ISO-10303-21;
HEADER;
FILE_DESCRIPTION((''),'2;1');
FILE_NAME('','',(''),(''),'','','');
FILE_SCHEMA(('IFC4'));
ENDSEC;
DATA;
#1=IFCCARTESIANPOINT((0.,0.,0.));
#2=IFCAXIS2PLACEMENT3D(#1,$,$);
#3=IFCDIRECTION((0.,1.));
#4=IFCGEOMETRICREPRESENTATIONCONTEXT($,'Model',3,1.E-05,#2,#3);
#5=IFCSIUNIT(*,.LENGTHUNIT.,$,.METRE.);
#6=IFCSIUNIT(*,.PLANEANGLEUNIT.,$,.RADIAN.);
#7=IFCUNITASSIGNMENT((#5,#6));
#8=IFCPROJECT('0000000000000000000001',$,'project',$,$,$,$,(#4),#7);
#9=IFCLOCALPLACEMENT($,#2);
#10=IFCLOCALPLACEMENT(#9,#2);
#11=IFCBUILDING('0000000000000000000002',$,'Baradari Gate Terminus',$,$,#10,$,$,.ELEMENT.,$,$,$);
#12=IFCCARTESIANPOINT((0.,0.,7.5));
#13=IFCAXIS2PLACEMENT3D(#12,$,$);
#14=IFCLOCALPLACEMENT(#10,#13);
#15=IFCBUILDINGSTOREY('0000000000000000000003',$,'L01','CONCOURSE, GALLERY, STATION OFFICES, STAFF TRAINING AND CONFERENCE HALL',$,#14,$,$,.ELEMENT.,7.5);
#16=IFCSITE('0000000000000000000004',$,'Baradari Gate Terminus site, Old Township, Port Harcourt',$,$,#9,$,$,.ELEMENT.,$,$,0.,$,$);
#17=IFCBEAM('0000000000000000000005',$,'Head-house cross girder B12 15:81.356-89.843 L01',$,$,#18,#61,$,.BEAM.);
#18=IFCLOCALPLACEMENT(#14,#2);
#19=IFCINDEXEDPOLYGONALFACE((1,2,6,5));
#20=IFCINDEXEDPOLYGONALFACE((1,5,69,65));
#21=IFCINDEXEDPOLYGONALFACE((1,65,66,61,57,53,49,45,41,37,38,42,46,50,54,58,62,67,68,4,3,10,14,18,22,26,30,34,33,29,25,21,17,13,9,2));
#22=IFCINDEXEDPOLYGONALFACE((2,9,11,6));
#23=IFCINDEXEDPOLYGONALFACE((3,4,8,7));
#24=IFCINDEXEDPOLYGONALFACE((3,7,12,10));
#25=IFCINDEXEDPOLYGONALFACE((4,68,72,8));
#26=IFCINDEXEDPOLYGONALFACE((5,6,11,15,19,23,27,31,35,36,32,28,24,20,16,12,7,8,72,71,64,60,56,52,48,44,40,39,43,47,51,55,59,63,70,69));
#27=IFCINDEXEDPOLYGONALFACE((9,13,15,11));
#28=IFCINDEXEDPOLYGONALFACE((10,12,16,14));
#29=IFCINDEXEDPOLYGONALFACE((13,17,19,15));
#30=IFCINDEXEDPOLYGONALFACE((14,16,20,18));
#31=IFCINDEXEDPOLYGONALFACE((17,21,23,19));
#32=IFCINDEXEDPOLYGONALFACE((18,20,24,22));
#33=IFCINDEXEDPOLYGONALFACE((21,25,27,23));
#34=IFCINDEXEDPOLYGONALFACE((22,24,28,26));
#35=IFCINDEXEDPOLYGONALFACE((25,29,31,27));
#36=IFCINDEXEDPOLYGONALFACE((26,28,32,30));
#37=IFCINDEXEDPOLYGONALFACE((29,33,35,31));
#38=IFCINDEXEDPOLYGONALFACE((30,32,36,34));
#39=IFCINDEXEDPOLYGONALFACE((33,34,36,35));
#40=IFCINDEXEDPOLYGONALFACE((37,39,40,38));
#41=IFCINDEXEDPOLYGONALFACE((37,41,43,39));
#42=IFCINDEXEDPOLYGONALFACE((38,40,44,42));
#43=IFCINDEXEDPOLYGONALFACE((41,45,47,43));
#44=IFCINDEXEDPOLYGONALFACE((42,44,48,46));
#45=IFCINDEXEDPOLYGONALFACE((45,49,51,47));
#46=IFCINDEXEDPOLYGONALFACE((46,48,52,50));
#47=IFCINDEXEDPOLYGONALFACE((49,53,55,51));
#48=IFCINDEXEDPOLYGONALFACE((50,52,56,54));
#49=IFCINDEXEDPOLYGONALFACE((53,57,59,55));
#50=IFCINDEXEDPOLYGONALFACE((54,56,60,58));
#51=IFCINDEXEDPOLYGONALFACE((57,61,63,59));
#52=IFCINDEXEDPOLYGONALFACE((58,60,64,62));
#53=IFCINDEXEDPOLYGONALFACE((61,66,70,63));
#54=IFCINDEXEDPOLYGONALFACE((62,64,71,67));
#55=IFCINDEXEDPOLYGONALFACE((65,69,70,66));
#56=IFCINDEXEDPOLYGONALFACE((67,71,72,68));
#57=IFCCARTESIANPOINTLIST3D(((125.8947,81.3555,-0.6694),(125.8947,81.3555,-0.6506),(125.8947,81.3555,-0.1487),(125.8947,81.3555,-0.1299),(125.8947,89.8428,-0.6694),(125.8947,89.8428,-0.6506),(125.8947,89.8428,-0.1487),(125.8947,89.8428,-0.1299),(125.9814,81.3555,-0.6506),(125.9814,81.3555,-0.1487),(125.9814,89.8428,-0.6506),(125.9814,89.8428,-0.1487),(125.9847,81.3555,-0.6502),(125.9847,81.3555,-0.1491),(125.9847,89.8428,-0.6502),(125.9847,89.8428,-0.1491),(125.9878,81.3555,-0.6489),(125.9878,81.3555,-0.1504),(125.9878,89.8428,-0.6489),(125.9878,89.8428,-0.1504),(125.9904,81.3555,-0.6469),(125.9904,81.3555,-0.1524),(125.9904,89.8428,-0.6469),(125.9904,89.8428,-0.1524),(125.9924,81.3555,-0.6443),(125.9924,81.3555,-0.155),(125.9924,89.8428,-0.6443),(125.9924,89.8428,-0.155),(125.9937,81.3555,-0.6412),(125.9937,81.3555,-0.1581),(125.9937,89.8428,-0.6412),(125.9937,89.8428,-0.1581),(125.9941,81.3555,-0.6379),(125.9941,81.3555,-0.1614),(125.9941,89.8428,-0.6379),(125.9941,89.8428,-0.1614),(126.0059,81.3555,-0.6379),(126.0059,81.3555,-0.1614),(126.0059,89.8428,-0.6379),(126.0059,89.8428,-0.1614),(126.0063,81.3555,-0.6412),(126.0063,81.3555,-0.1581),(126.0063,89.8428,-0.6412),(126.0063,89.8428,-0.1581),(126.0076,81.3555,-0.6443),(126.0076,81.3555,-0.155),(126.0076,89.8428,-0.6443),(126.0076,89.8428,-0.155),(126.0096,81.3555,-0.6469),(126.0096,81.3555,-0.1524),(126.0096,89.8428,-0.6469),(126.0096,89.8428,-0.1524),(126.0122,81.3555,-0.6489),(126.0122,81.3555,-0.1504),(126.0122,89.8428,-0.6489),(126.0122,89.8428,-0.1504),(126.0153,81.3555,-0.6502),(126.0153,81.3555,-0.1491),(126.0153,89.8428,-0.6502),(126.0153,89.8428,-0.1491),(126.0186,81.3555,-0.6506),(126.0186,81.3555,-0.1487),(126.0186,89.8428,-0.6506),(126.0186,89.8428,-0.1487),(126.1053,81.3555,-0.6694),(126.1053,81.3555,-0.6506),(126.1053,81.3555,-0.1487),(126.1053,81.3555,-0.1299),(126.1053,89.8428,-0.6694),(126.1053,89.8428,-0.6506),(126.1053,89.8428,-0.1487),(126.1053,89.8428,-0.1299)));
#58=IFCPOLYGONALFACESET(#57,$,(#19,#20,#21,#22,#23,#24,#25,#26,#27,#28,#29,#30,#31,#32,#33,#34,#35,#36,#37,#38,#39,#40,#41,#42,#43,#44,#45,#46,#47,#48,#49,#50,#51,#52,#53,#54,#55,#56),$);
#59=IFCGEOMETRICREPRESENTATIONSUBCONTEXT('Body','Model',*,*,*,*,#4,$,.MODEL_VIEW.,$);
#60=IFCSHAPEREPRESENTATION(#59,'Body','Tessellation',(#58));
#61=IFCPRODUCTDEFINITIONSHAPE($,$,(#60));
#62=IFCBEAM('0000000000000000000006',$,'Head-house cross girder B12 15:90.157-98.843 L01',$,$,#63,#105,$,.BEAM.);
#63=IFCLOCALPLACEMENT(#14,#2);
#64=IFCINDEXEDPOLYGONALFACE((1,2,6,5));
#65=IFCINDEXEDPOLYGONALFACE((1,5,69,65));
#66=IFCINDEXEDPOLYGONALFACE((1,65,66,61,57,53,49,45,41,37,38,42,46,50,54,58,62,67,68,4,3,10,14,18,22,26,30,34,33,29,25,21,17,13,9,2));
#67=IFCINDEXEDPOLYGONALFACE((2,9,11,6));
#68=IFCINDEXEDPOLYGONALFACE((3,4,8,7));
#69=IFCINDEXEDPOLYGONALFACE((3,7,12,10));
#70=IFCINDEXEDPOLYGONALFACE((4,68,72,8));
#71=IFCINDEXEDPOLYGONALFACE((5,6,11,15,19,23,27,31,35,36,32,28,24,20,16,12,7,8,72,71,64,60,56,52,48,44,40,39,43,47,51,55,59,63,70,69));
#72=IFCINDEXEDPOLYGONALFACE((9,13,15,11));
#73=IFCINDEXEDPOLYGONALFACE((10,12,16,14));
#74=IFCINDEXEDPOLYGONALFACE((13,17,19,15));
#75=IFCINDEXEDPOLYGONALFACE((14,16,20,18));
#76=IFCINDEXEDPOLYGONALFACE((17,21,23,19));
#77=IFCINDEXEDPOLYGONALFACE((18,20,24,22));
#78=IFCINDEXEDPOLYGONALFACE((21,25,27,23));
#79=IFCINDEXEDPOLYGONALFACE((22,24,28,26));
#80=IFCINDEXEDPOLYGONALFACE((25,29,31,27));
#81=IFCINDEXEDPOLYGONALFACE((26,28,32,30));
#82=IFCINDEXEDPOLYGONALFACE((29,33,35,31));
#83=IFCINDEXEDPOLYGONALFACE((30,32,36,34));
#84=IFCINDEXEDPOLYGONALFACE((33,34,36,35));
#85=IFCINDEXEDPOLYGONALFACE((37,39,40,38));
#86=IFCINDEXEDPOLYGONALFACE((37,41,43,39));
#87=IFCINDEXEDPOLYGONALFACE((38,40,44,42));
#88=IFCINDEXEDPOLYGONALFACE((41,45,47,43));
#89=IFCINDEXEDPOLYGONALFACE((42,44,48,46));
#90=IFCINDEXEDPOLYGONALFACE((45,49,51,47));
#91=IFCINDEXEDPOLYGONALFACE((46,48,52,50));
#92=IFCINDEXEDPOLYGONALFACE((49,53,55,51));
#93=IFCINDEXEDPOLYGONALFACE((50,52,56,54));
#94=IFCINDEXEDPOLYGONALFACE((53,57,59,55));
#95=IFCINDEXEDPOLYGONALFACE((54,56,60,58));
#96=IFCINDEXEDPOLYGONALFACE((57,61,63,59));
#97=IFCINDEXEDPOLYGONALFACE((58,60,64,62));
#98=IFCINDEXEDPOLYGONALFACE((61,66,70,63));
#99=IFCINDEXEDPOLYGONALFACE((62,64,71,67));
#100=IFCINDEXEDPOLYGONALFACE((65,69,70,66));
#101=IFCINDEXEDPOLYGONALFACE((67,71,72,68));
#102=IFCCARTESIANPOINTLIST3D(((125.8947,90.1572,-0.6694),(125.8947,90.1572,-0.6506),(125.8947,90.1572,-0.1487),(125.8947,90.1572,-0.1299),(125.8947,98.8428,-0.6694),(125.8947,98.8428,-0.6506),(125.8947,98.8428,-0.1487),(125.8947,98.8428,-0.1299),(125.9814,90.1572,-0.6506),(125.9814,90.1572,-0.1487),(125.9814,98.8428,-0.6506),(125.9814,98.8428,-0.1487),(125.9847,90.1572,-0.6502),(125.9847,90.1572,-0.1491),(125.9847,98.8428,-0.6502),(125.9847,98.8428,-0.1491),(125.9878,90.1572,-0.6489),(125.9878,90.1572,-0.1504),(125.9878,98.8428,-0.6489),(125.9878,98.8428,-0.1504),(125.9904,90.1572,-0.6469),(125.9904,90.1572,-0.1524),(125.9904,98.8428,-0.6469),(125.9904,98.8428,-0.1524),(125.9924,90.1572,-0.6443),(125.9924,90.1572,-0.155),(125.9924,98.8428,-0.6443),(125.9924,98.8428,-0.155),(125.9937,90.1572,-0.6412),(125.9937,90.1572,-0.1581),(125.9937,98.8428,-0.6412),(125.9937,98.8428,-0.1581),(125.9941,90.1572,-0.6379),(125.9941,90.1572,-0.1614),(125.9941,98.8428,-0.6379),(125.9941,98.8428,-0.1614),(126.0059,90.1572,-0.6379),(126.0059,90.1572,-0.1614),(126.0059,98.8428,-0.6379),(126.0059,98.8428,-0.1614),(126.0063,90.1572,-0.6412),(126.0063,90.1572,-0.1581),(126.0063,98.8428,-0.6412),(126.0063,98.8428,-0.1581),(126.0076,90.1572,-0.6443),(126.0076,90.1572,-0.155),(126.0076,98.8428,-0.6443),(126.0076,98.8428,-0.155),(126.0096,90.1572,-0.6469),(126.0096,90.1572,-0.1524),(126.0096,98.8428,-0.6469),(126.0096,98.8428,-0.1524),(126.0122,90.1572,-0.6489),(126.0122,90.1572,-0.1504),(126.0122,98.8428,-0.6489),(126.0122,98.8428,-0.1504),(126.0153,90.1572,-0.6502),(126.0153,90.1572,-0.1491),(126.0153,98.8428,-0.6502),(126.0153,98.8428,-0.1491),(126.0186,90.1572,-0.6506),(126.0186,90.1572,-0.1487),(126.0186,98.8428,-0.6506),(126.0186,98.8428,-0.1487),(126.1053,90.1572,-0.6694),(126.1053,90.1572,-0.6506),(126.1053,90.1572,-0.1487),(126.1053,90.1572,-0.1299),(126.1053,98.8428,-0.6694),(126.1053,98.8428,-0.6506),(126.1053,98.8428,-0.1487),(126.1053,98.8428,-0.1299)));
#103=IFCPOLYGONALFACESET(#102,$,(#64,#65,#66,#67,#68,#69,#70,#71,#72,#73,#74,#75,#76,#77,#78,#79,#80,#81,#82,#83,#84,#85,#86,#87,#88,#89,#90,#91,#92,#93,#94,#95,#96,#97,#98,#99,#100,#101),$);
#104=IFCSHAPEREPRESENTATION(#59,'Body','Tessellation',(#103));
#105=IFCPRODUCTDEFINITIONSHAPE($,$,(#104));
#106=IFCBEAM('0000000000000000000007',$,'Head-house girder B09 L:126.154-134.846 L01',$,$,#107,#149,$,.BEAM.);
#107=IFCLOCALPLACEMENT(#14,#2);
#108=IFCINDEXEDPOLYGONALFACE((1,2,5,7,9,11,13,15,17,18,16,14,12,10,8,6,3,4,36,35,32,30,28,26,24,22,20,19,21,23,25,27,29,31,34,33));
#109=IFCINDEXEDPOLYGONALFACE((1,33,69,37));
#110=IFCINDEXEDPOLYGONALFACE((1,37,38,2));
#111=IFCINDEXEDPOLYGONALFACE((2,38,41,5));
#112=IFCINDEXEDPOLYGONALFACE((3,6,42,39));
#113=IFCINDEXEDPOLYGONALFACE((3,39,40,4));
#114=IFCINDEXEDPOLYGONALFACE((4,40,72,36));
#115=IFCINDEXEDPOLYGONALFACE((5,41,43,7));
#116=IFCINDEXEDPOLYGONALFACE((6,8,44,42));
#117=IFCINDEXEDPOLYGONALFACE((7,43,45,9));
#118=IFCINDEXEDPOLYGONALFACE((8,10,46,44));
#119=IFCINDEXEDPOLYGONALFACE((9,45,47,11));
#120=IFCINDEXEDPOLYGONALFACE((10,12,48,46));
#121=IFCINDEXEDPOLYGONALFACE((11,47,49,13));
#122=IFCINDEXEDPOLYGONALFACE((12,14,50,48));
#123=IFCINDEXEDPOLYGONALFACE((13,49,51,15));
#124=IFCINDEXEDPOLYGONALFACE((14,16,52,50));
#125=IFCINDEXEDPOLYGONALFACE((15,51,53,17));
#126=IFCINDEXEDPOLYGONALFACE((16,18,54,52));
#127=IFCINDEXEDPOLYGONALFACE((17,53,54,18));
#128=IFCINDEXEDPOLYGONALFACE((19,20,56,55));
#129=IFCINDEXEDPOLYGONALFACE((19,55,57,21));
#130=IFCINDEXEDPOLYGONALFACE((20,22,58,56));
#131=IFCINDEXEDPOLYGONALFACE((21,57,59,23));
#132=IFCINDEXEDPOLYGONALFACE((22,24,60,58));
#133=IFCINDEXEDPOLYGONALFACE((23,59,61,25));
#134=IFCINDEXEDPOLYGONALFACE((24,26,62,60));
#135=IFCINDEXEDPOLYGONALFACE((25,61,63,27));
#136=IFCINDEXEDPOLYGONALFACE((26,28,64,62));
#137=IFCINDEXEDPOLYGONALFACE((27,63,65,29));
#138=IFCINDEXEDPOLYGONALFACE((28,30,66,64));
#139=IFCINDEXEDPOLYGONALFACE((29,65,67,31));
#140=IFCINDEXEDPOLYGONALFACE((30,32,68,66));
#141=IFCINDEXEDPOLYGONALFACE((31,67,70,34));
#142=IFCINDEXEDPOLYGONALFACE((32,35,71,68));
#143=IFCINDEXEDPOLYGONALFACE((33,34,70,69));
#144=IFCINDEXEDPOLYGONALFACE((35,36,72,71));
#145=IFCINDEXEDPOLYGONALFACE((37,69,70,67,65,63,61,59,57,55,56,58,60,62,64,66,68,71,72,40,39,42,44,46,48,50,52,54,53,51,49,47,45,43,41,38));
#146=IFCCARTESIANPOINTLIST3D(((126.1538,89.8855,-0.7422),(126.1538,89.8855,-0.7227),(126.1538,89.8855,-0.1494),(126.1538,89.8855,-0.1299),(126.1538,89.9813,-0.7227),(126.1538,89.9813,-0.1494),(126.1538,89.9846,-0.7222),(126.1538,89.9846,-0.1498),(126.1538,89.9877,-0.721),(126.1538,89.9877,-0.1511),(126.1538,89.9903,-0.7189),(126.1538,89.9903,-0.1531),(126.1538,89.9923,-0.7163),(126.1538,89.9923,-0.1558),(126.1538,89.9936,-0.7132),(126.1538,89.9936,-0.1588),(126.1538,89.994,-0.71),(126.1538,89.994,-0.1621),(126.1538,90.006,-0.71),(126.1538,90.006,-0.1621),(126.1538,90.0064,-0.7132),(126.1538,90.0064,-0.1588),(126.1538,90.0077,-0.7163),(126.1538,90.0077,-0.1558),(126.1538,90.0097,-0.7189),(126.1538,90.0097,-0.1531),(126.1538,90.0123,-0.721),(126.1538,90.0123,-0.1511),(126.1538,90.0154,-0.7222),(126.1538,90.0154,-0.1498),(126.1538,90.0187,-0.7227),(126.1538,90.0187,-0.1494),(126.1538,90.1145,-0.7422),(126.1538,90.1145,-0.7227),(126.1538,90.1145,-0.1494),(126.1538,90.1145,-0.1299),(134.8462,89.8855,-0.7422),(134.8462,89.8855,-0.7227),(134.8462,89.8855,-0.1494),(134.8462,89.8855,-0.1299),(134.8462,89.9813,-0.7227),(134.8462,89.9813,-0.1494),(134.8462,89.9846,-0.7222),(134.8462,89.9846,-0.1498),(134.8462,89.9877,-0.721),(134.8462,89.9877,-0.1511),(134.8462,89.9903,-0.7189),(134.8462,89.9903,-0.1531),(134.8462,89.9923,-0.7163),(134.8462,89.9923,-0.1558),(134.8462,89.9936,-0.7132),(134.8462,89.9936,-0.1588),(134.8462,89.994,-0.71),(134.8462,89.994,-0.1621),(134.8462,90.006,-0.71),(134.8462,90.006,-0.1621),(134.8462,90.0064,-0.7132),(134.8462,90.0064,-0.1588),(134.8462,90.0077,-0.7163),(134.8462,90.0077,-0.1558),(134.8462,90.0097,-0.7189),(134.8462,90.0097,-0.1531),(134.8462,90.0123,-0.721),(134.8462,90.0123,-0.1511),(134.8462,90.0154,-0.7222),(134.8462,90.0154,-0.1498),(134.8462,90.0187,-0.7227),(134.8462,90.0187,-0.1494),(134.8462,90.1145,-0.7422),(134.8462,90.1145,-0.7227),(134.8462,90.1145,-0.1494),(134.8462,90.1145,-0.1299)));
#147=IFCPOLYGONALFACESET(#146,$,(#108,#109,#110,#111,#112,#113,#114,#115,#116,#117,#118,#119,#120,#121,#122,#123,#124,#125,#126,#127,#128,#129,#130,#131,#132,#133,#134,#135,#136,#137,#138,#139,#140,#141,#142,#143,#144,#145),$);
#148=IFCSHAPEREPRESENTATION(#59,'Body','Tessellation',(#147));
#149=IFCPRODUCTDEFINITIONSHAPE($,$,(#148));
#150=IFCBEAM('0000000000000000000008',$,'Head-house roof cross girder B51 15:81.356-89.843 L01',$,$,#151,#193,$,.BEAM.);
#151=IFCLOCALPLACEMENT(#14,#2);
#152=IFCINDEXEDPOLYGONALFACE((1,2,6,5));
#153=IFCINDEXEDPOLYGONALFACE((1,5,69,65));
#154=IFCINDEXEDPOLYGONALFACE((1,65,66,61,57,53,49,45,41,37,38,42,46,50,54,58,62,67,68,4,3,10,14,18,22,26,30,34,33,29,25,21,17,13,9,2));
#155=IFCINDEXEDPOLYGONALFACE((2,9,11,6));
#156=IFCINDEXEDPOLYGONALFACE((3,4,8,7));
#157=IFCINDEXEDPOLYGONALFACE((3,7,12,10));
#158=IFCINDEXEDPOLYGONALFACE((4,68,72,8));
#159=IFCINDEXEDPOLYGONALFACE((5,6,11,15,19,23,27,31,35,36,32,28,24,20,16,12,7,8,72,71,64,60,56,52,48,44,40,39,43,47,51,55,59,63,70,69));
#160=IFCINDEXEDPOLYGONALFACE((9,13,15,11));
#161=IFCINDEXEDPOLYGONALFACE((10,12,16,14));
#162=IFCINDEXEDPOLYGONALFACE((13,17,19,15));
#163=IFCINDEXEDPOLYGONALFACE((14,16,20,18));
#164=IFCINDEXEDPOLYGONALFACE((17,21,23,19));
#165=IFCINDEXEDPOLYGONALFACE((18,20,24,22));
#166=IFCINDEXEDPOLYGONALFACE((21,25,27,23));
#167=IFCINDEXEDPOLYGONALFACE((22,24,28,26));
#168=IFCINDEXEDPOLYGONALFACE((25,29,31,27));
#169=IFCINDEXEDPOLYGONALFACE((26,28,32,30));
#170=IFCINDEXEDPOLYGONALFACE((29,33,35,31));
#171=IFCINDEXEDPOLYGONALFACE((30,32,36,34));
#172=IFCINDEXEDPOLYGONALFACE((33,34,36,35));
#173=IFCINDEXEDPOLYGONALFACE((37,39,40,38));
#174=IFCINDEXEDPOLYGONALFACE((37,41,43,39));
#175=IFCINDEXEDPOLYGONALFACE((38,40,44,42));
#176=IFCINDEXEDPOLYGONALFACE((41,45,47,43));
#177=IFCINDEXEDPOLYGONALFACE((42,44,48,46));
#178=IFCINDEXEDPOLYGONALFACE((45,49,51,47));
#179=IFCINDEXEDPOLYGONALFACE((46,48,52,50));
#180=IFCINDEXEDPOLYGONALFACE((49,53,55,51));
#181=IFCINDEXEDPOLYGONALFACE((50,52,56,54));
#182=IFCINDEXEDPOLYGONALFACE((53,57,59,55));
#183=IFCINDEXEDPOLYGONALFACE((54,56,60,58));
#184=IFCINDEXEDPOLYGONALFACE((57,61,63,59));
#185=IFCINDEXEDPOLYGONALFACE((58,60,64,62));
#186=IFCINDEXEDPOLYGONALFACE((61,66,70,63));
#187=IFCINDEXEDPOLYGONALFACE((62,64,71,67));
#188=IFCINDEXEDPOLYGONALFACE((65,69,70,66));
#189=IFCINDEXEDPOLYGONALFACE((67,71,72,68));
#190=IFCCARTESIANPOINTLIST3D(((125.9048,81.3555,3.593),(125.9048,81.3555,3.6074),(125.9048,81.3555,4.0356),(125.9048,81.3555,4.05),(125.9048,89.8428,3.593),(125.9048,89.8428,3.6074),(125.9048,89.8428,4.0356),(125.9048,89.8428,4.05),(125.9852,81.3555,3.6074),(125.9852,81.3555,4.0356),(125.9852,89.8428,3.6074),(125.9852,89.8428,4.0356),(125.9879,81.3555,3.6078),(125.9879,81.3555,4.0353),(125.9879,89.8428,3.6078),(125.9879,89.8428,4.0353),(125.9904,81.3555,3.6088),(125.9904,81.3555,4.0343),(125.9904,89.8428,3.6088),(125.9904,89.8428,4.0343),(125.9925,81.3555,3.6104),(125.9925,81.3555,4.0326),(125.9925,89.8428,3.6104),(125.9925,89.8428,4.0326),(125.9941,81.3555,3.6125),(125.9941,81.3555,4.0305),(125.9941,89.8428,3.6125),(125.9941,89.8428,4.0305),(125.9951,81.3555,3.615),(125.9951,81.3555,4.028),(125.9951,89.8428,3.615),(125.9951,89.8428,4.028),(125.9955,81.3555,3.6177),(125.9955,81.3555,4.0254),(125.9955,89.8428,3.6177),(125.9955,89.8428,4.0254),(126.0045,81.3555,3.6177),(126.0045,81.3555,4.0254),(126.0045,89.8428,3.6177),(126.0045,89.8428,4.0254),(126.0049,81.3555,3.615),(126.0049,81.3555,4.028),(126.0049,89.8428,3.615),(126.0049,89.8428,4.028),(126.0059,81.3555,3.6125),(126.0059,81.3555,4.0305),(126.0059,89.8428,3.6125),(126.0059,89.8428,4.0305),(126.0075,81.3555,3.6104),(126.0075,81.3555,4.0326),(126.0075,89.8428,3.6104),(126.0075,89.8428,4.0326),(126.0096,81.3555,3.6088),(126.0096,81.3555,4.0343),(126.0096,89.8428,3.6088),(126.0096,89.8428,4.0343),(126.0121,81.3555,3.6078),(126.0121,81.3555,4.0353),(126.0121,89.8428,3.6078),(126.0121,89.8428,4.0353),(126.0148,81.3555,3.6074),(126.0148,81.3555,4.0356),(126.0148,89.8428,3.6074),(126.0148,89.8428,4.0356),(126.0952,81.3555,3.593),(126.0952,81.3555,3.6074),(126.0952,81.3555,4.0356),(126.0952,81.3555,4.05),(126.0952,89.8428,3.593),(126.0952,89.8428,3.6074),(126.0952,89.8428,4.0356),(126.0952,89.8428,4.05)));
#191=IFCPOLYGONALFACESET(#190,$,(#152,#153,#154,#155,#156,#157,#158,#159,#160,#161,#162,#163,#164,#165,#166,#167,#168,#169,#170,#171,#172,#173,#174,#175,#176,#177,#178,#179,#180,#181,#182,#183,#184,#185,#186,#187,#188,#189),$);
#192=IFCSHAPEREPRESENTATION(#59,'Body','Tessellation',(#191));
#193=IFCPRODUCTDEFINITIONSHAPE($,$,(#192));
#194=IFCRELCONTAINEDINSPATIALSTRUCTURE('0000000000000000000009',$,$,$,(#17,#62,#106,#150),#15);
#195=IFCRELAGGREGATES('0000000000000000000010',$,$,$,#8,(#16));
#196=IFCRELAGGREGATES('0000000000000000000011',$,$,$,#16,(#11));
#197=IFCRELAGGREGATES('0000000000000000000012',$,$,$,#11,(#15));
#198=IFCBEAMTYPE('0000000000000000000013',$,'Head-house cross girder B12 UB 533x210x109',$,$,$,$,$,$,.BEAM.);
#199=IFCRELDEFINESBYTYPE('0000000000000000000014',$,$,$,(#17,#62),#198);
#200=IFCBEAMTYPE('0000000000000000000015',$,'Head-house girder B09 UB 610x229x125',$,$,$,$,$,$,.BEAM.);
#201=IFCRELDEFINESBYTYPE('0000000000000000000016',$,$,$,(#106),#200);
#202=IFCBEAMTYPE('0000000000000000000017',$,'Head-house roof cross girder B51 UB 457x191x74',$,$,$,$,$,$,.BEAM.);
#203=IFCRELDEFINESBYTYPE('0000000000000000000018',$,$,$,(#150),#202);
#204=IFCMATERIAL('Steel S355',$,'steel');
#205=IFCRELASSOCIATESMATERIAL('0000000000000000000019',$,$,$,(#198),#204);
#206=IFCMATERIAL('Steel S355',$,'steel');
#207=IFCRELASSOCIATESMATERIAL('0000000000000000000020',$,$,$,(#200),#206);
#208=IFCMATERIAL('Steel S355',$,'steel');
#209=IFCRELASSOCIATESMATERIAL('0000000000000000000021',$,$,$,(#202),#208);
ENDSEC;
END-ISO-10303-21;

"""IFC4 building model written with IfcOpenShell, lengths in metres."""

from ifc_helpers import new_model, si_unit, direction, frame, origin, origin_2d, place, context, subcontext, project, spatial, i_section, extrude, material, material_profile, profile_set, type_object, element, save


model = new_model("IFC4")

# Units and contexts
model_context = context("Model", 3, precision=1e-05, world=origin(), true_north=direction((0.0, 1.0)))
body_context = subcontext(model_context, "Body", "Model", "MODEL_VIEW")
ifc_project = project(units=[si_unit("LENGTHUNIT", "METRE"), si_unit("PLANEANGLEUNIT", "RADIAN")], contexts=[model_context])

# Site, building, storey
site_placement = place(None, origin())
site = spatial("IfcSite", under=ifc_project, at=site_placement, Name="Baradari Gate Terminus site, Old Township, Port Harcourt", CompositionType="ELEMENT", RefElevation=0.0)
building_placement = place(site_placement, origin())
building = spatial("IfcBuilding", under=site, at=building_placement, Name="Baradari Gate Terminus", CompositionType="ELEMENT")
storey_placement = place(building_placement, frame((0.0, 0.0, 7.5)))
storey = spatial("IfcBuildingStorey", under=building, at=storey_placement, Name="L01", Description="CONCOURSE, GALLERY, STATION OFFICES, STAFF TRAINING AND CONFERENCE HALL", CompositionType="ELEMENT", Elevation=7.5)

# Beams
ifc_material_1 = material(Name="Steel S355", Category="steel")
ifc_material_profile_1 = material_profile(ifc_material_1, i_section(OverallWidth=0.2107, OverallDepth=0.5396, WebThickness=0.0117, FlangeThickness=0.0188, FilletRadius=0.0127, at=origin_2d()), Name="UB 533x210x109")
ifc_profile_set_1 = profile_set([ifc_material_profile_1], Name="Steel S355")
beam_type_1 = type_object("IfcBeamType", Name="Head-house cross girder B12 UB 533x210x109", PredefinedType="BEAM", material=ifc_profile_set_1)
beam_1_placement = place(storey_placement, frame((126.0, 81.3555, -0.3997), z_axis=(0.0, 1.0, 0.0), x_axis=(-1.0, 0.0, 0.0)))
element("IfcBeam", 1, at=beam_1_placement, inside=storey, type_object=beam_type_1, Name="Head-house cross girder B12 15:81.356-89.843 L01", PredefinedType="BEAM", context=body_context, shape_type="SweptSolid", body=[
    extrude(i_section(OverallWidth=0.2107, OverallDepth=0.5396, WebThickness=0.0117, FlangeThickness=0.0188, FilletRadius=0.0127, at=origin_2d()), origin(), (0.0, 0.0, 1.0), 8.4873),
])
beam_2_placement = place(storey_placement, frame((126.0, 90.1572, -0.3997), z_axis=(0.0, 1.0, 0.0), x_axis=(-1.0, 0.0, 0.0)))
element("IfcBeam", 2, at=beam_2_placement, inside=storey, type_object=beam_type_1, Name="Head-house cross girder B12 15:90.157-98.843 L01", PredefinedType="BEAM", context=body_context, shape_type="SweptSolid", body=[
    extrude(i_section(OverallWidth=0.2107, OverallDepth=0.5396, WebThickness=0.0117, FlangeThickness=0.0188, FilletRadius=0.0127, at=origin_2d()), origin(), (0.0, 0.0, 1.0), 8.6855),
])
ifc_material_2 = material(Name="Steel S355", Category="steel")
ifc_material_profile_2 = material_profile(ifc_material_2, i_section(OverallWidth=0.229, OverallDepth=0.6123, WebThickness=0.012, FlangeThickness=0.0195, FilletRadius=0.0127, at=origin_2d()), Name="UB 610x229x125")
ifc_profile_set_2 = profile_set([ifc_material_profile_2], Name="Steel S355")
beam_type_2 = type_object("IfcBeamType", Name="Head-house girder B09 UB 610x229x125", PredefinedType="BEAM", material=ifc_profile_set_2)
beam_3_placement = place(storey_placement, frame((126.1538, 90.0, -0.436), z_axis=(1.0, 0.0, 0.0), x_axis=(0.0, 1.0, 0.0)))
element("IfcBeam", 3, at=beam_3_placement, inside=storey, type_object=beam_type_2, Name="Head-house girder B09 L:126.154-134.846 L01", PredefinedType="BEAM", context=body_context, shape_type="SweptSolid", body=[
    extrude(i_section(OverallWidth=0.229, OverallDepth=0.6123, WebThickness=0.012, FlangeThickness=0.0195, FilletRadius=0.0127, at=origin_2d()), origin(), (0.0, 0.0, 1.0), 8.6924),
])
ifc_material_3 = material(Name="Steel S355", Category="steel")
ifc_material_profile_3 = material_profile(ifc_material_3, i_section(OverallWidth=0.1904, OverallDepth=0.457, WebThickness=0.009, FlangeThickness=0.0144, FilletRadius=0.0103, at=origin_2d()), Name="UB 457x191x74")
ifc_profile_set_3 = profile_set([ifc_material_profile_3], Name="Steel S355")
beam_type_3 = type_object("IfcBeamType", Name="Head-house roof cross girder B51 UB 457x191x74", PredefinedType="BEAM", material=ifc_profile_set_3)
beam_4_placement = place(storey_placement, frame((126.0, 81.3555, 3.8215), z_axis=(0.0, 1.0, 0.0), x_axis=(-1.0, 0.0, 0.0)))
element("IfcBeam", 4, at=beam_4_placement, inside=storey, type_object=beam_type_3, Name="Head-house roof cross girder B51 15:81.356-89.843 L01", PredefinedType="BEAM", context=body_context, shape_type="SweptSolid", body=[
    extrude(i_section(OverallWidth=0.1904, OverallDepth=0.457, WebThickness=0.009, FlangeThickness=0.0144, FilletRadius=0.0103, at=origin_2d()), origin(), (0.0, 0.0, 1.0), 8.4873),
])

save(model, "model.ifc")
